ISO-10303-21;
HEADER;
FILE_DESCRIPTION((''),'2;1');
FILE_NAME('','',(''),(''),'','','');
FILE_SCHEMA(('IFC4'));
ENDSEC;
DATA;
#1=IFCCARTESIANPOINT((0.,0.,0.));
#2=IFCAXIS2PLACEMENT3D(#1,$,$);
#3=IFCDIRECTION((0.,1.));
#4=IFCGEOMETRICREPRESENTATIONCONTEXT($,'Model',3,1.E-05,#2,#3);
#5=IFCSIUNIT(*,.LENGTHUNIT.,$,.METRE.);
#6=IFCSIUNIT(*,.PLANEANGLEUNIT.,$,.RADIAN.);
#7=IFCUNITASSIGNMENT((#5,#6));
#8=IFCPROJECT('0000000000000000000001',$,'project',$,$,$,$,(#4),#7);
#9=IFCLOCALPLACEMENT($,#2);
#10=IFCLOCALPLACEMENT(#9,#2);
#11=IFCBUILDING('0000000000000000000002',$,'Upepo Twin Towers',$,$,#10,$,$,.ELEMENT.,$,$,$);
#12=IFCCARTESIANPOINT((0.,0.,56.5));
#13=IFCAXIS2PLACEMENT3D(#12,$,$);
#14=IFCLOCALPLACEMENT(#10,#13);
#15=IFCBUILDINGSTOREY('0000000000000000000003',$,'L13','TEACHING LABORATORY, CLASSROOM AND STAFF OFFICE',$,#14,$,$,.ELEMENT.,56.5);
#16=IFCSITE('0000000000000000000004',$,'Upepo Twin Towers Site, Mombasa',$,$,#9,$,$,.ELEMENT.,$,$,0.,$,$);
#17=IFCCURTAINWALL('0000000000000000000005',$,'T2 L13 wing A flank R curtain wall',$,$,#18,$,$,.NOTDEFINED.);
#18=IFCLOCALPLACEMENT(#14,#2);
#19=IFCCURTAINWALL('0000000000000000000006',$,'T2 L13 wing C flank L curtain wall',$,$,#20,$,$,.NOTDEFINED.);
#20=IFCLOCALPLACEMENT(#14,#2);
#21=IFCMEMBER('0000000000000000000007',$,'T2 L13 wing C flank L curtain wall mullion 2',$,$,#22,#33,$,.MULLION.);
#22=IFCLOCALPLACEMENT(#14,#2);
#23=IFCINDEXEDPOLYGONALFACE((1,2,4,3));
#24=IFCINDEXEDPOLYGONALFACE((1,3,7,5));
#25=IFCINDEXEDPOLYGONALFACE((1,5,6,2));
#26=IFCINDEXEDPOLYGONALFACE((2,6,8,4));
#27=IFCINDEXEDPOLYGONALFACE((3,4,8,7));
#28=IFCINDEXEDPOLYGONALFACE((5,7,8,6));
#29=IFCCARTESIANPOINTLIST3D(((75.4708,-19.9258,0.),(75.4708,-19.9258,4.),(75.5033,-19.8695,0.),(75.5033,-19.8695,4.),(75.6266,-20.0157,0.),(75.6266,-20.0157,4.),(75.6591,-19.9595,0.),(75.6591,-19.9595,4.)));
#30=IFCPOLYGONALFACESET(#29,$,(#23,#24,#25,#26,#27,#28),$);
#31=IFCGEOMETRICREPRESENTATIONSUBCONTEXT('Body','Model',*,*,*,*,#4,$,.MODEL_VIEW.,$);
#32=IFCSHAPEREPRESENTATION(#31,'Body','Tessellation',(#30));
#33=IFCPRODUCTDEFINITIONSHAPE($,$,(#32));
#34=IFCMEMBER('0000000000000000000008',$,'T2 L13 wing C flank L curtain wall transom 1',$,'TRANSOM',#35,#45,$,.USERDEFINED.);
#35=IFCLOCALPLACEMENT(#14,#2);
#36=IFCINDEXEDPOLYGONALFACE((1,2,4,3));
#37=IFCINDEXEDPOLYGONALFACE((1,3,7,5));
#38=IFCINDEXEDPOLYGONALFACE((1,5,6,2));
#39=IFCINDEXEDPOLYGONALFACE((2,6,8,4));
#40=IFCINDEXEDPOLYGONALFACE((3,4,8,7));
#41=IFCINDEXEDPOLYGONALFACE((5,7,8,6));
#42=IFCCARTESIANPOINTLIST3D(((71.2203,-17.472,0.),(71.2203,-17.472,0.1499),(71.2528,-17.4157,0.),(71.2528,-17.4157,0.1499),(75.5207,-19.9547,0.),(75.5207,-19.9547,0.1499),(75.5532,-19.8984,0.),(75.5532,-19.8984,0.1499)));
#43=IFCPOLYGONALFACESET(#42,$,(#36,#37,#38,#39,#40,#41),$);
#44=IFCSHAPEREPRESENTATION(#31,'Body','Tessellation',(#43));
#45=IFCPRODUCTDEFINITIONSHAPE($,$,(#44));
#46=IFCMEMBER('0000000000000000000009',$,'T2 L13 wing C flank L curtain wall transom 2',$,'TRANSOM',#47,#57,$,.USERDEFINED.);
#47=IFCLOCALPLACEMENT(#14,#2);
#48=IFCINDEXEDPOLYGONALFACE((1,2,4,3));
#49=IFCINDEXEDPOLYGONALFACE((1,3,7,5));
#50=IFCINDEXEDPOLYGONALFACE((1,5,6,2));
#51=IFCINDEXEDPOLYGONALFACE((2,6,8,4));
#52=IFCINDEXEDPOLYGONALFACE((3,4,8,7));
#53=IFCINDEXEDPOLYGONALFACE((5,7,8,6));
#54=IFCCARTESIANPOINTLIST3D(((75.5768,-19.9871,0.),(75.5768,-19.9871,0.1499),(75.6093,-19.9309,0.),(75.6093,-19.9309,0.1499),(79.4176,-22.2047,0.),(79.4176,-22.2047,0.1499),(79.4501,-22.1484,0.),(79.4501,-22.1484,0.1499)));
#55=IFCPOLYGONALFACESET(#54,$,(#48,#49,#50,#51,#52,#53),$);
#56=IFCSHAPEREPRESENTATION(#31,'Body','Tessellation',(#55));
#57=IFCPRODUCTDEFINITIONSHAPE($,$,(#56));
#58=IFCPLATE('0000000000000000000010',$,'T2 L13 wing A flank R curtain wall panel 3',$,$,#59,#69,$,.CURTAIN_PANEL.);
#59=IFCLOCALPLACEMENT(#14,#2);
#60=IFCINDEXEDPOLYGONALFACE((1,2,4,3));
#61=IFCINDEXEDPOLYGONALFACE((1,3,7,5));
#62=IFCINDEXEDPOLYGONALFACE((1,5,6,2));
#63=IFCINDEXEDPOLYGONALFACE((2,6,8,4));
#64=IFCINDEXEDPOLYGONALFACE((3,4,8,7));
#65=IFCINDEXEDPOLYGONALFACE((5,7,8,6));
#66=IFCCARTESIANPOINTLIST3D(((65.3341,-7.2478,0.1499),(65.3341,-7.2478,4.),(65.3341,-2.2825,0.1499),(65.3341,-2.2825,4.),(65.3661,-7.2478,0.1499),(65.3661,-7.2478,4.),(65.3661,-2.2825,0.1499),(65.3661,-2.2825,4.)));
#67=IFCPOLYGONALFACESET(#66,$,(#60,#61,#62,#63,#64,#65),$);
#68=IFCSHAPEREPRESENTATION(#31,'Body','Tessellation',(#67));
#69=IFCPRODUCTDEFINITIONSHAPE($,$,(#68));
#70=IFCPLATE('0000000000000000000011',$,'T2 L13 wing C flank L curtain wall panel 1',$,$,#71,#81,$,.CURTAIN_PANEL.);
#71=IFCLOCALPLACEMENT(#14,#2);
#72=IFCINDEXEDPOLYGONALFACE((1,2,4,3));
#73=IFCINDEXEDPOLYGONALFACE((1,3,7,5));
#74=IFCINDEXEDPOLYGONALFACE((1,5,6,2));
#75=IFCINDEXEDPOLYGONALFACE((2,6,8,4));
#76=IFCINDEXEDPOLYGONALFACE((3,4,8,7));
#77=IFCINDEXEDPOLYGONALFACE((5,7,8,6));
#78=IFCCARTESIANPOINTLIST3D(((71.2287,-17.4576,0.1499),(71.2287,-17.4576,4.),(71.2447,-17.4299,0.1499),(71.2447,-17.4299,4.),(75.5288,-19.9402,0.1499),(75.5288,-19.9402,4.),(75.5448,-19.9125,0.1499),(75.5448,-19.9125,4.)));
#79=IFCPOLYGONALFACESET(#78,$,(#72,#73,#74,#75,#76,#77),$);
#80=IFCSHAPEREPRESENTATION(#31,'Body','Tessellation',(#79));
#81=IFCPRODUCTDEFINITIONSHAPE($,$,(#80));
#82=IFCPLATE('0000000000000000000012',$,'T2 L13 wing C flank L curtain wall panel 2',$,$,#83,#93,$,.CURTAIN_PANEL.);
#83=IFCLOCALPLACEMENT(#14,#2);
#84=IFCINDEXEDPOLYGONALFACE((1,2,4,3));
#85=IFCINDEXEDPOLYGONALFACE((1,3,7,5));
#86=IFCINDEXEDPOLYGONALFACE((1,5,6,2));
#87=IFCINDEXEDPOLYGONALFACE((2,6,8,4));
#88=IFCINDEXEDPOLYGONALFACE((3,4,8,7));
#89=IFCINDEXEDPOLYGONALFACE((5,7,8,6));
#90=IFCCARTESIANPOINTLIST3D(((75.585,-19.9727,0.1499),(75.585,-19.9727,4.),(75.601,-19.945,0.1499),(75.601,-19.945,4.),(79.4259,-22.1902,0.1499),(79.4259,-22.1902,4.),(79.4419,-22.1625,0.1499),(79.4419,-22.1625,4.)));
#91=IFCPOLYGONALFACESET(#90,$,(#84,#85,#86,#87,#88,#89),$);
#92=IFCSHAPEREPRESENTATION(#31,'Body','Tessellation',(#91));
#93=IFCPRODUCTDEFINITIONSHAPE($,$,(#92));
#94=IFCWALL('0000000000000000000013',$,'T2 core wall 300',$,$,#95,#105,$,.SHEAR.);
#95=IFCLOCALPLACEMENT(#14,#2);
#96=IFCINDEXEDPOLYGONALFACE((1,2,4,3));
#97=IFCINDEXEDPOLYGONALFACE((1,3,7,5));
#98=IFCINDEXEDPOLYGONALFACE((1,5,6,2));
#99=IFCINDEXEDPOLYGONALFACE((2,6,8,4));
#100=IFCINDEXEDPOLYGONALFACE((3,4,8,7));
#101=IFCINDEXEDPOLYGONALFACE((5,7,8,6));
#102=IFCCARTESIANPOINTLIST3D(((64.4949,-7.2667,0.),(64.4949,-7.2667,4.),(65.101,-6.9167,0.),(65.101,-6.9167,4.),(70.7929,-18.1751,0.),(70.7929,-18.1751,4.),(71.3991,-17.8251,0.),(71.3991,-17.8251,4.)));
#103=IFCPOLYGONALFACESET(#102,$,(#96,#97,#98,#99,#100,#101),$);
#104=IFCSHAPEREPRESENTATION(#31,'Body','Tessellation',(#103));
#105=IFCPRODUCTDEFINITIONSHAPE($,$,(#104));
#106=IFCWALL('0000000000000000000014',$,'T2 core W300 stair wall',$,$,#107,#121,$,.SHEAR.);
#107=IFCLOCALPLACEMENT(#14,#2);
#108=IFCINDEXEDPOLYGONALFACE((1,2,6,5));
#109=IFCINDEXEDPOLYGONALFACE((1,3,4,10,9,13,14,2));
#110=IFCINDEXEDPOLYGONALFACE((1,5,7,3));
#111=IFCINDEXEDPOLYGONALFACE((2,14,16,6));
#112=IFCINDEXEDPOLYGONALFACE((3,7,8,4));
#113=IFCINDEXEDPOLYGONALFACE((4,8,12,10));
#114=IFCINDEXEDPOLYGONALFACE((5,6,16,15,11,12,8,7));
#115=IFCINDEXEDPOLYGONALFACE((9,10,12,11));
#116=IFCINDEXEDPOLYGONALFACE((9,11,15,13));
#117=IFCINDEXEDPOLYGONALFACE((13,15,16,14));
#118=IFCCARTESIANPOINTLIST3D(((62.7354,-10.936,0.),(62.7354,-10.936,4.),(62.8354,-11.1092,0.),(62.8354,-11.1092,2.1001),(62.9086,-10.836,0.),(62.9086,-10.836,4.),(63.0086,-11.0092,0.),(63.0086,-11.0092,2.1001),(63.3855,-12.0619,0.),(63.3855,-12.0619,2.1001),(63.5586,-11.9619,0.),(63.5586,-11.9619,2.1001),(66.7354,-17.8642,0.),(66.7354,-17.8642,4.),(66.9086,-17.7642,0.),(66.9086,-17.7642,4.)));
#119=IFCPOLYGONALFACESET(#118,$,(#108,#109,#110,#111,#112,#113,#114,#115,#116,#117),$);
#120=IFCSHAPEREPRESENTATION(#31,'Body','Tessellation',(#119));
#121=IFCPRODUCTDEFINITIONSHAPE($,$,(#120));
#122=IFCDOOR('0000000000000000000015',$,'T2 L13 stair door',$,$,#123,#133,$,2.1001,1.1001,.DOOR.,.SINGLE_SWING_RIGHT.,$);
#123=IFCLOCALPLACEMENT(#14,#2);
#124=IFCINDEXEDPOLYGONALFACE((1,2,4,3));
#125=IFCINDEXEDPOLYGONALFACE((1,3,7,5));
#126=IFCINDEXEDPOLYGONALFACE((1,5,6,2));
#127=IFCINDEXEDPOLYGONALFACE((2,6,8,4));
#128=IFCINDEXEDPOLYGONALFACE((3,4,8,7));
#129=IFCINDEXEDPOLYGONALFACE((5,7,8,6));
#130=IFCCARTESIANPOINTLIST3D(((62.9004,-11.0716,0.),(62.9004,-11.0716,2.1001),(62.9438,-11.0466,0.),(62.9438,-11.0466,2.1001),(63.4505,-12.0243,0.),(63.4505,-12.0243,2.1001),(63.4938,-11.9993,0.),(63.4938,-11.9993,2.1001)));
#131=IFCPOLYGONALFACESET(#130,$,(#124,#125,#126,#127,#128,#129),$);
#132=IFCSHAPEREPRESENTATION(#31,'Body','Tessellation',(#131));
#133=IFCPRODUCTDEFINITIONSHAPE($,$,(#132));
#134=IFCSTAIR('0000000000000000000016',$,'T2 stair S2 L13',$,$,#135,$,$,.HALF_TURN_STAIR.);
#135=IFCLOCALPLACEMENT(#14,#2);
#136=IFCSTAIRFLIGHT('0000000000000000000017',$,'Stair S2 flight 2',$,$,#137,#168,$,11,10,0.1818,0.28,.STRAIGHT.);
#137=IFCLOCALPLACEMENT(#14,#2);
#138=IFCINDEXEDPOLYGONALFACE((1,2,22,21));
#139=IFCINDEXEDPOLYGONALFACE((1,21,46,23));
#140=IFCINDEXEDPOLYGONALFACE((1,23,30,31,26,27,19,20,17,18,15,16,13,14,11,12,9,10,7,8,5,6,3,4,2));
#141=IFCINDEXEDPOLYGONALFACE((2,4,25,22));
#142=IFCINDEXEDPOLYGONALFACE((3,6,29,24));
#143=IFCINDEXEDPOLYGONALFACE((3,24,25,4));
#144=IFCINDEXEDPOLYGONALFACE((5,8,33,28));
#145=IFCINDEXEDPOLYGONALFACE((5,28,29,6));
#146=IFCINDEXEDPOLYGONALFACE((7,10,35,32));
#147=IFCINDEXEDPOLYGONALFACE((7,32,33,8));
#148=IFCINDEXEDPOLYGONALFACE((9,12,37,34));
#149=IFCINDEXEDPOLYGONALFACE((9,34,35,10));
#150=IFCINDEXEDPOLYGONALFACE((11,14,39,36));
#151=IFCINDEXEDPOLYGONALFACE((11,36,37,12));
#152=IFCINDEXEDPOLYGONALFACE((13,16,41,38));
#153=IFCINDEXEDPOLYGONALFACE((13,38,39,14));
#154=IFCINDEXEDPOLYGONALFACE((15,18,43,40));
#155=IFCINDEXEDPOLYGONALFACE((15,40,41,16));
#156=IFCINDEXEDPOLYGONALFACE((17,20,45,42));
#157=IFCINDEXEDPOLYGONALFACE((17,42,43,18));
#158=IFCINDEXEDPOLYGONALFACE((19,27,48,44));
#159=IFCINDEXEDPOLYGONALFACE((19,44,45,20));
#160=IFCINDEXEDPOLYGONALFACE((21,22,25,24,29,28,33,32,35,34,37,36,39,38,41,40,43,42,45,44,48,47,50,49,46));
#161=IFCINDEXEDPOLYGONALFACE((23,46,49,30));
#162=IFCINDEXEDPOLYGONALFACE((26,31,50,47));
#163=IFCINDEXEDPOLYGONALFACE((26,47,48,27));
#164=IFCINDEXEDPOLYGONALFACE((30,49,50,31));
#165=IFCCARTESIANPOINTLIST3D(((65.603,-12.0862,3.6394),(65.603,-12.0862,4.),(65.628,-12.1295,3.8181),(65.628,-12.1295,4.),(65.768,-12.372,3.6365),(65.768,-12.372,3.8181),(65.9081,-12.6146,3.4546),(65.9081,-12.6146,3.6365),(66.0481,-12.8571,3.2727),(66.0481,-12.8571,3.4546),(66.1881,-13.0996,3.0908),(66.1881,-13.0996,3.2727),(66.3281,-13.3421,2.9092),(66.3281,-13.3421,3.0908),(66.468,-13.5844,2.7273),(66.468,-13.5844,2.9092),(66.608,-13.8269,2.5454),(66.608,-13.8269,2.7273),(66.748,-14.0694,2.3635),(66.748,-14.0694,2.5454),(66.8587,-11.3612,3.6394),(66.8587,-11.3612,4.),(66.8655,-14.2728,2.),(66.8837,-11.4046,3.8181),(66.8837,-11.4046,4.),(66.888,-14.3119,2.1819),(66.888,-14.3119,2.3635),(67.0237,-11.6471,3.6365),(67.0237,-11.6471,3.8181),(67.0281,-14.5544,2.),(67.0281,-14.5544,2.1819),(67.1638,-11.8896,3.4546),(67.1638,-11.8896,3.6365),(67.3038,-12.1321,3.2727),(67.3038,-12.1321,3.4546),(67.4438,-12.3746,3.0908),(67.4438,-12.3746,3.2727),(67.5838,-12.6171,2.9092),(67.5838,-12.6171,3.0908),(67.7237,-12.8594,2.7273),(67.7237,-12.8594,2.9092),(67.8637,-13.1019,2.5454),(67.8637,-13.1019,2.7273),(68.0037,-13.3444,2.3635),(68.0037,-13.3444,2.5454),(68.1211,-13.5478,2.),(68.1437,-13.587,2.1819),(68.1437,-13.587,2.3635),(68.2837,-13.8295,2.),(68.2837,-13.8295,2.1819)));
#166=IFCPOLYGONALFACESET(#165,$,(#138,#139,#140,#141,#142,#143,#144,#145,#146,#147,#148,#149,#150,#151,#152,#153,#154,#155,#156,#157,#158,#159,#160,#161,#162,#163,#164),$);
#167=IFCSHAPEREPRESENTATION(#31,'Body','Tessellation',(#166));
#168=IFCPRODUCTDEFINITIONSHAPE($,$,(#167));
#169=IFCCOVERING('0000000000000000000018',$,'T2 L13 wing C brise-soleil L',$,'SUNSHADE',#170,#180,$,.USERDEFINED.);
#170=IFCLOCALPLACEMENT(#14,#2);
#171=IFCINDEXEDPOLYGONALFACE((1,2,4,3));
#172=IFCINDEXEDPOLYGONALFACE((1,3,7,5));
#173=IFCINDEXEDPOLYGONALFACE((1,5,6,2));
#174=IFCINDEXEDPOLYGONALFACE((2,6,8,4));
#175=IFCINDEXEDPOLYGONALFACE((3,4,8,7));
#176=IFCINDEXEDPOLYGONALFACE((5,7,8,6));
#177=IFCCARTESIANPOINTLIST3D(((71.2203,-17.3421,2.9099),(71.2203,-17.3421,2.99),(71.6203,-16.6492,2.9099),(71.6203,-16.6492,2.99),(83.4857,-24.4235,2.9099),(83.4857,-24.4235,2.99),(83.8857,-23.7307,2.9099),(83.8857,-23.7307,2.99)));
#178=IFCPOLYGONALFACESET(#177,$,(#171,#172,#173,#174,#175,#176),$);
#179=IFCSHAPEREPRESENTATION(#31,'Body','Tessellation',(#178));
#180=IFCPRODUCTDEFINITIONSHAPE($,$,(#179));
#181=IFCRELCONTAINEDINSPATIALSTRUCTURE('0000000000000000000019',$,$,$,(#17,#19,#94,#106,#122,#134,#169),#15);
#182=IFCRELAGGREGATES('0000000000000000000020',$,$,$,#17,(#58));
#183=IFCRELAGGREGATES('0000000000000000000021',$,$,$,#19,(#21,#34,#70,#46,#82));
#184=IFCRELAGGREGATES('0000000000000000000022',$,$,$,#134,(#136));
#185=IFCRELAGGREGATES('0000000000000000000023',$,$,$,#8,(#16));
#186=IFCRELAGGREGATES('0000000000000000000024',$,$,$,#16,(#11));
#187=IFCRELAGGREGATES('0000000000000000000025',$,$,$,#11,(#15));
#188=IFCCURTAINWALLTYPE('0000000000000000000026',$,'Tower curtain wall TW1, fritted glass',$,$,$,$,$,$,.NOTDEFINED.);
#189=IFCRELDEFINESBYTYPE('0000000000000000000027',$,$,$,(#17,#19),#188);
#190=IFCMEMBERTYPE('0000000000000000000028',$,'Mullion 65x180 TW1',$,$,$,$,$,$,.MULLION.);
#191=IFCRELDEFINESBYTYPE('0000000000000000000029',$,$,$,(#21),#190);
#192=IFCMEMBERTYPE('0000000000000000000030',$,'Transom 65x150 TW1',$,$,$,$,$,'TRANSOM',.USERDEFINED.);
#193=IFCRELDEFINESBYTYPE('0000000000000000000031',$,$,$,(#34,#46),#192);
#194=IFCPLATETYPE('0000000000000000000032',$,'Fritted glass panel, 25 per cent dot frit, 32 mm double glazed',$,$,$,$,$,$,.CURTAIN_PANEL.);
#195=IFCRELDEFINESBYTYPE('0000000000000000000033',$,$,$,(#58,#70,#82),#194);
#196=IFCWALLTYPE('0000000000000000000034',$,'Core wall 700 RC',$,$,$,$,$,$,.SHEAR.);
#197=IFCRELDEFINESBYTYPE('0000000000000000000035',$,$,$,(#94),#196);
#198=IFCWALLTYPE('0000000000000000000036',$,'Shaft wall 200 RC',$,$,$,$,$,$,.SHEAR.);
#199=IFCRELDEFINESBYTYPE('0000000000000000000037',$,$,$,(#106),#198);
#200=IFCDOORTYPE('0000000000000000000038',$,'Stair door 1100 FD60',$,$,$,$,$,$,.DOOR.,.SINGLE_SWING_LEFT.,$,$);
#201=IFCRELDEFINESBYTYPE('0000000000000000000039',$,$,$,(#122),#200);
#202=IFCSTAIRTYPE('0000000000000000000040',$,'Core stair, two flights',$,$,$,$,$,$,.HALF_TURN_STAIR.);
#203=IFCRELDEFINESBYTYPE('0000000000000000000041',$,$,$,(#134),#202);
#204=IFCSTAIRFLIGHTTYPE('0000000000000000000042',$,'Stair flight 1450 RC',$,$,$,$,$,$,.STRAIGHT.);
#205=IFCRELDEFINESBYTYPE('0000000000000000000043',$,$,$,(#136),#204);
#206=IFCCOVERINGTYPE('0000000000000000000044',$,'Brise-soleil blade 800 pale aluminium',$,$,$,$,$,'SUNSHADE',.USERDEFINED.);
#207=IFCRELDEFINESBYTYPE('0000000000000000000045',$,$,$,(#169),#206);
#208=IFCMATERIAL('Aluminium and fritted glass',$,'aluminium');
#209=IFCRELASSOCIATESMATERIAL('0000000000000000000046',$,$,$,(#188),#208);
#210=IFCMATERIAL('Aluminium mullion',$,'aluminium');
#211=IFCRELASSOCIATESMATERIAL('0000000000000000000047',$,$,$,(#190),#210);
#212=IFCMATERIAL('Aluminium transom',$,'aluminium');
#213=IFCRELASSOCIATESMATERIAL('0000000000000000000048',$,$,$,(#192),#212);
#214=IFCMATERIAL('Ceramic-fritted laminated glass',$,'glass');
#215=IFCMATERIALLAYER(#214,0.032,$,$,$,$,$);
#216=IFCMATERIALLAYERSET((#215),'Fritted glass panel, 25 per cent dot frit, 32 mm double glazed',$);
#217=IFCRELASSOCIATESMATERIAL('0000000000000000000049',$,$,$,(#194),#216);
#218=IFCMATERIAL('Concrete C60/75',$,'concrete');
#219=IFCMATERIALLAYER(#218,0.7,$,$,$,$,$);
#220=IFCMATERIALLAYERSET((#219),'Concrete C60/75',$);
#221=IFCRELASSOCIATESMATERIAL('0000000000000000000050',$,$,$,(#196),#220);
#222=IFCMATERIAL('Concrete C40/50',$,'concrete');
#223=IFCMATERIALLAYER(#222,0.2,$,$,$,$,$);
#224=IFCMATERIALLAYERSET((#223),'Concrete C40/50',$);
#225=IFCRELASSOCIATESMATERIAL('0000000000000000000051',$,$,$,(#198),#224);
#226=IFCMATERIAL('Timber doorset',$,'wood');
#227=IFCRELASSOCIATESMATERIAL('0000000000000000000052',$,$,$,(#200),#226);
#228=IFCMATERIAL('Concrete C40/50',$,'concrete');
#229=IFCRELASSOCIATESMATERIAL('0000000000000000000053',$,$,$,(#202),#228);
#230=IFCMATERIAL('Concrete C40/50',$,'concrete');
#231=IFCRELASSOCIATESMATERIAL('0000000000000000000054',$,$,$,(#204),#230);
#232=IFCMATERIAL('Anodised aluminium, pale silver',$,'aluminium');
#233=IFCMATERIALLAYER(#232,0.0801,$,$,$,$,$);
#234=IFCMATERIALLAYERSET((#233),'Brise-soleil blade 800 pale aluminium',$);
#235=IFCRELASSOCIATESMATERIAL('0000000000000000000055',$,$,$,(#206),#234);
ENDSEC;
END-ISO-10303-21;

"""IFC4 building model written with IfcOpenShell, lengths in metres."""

from ifc_helpers import new_model, si_unit, direction, frame, frame_2d, origin, origin_2d, place, context, subcontext, project, spatial, polyline, rectangle, outline, extrude, material, layer, layer_set, material_profile, profile_set, type_object, element, fill, aggregate, save


model = new_model("IFC4")

# Units and contexts
model_context = context("Model", 3, precision=1e-05, world=origin(), true_north=direction((0.0, 1.0)))
body_context = subcontext(model_context, "Body", "Model", "MODEL_VIEW")
ifc_project = project(units=[si_unit("LENGTHUNIT", "METRE"), si_unit("PLANEANGLEUNIT", "RADIAN")], contexts=[model_context])

# Site, building, storey
site_placement = place(None, origin())
site = spatial("IfcSite", under=ifc_project, at=site_placement, Name="Upepo Twin Towers Site, Mombasa", CompositionType="ELEMENT", RefElevation=0.0)
building_placement = place(site_placement, origin())
building = spatial("IfcBuilding", under=site, at=building_placement, Name="Upepo Twin Towers", CompositionType="ELEMENT")
storey_placement = place(building_placement, frame((0.0, 0.0, 56.5)))
storey = spatial("IfcBuildingStorey", under=building, at=storey_placement, Name="L13", Description="TEACHING LABORATORY, CLASSROOM AND STAFF OFFICE", CompositionType="ELEMENT", Elevation=56.5)

# Curtain wall
ifc_material_1 = material(Name="Aluminium and fritted glass", Category="aluminium")
curtain_wall_type = type_object("IfcCurtainWallType", Name="Tower curtain wall TW1, fritted glass", PredefinedType="NOTDEFINED", material=ifc_material_1)
curtain_wall_1_placement = place(storey_placement, origin())
curtain_wall_1 = element("IfcCurtainWall", 1, at=curtain_wall_1_placement, inside=storey, type_object=curtain_wall_type, Name="T2 L13 wing A flank R curtain wall", PredefinedType="NOTDEFINED")
ifc_material_2 = material(Name="Aluminium mullion", Category="aluminium")
ifc_material_profile_1 = material_profile(ifc_material_2, rectangle(XDim=0.0649, YDim=0.1799, at=origin_2d()), Name="MULLION 65x180")
ifc_profile_set_1 = profile_set([ifc_material_profile_1], Name="Aluminium mullion")
member_type_1 = type_object("IfcMemberType", Name="Mullion 65x180 TW1", PredefinedType="MULLION", material=ifc_profile_set_1)

# Curtain wall, members
curtain_wall_2_placement = place(storey_placement, origin())
curtain_wall_2 = element("IfcCurtainWall", 2, at=curtain_wall_2_placement, inside=storey, type_object=curtain_wall_type, Name="T2 L13 wing C flank L curtain wall", PredefinedType="NOTDEFINED")
member_1_placement = place(storey_placement, frame((75.5649, -19.9426, 0.0), z_axis=(0.0, 0.0, 1.0), x_axis=(0.5, 0.866025, 0.0)))
member_1 = element("IfcMember", 3, at=member_1_placement, type_object=member_type_1, Name="T2 L13 wing C flank L curtain wall mullion 2", PredefinedType="MULLION", context=body_context, shape_type="SweptSolid", body=[
    extrude(rectangle(XDim=0.0649, YDim=0.1799, at=origin_2d()), origin(), (0.0, 0.0, 1.0), 4.0),
])
ifc_material_3 = material(Name="Aluminium transom", Category="aluminium")
ifc_material_profile_2 = material_profile(ifc_material_3, rectangle(XDim=0.0649, YDim=0.1499, at=origin_2d()), Name="TRANSOM 65x150")
ifc_profile_set_2 = profile_set([ifc_material_profile_2], Name="Aluminium transom")
member_type_2 = type_object("IfcMemberType", Name="Transom 65x150 TW1", ElementType="TRANSOM", PredefinedType="USERDEFINED", material=ifc_profile_set_2)
member_2_placement = place(storey_placement, frame((71.2366, -17.4438, 0.075), z_axis=(0.866035, -0.499983, 0.0), x_axis=(0.499983, 0.866035, 0.0)))
member_2 = element("IfcMember", 4, at=member_2_placement, type_object=member_type_2, Name="T2 L13 wing C flank L curtain wall transom 1", ObjectType="TRANSOM", PredefinedType="USERDEFINED", context=body_context, shape_type="SweptSolid", body=[
    extrude(rectangle(XDim=0.0649, YDim=0.1499, at=origin_2d()), origin(), (0.0, 0.0, 1.0), 4.9656),
])
member_3_placement = place(storey_placement, frame((75.593, -19.959, 0.075), z_axis=(0.866022, -0.500005, 0.0), x_axis=(0.500005, 0.866022, 0.0)))
member_3 = element("IfcMember", 5, at=member_3_placement, type_object=member_type_2, Name="T2 L13 wing C flank L curtain wall transom 2", ObjectType="TRANSOM", PredefinedType="USERDEFINED", context=body_context, shape_type="SweptSolid", body=[
    extrude(rectangle(XDim=0.0649, YDim=0.1499, at=origin_2d()), origin(), (0.0, 0.0, 1.0), 4.4351),
])

# Plates
ifc_material_4 = material(Name="Ceramic-fritted laminated glass", Category="glass")
ifc_layer_1 = layer(ifc_material_4, 0.032)
ifc_layer_set_1 = layer_set([ifc_layer_1], Name="Fritted glass panel, 25 per cent dot frit, 32 mm double glazed")
plate_type = type_object("IfcPlateType", Name="Fritted glass panel, 25 per cent dot frit, 32 mm double glazed", PredefinedType="CURTAIN_PANEL", material=ifc_layer_set_1)
plate_1_placement = place(storey_placement, frame((65.3501, -4.7651, 0.1499), z_axis=(0.0, 0.0, 1.0), x_axis=(0.0, -1.0, 0.0)))
plate_1 = element("IfcPlate", 6, at=plate_1_placement, type_object=plate_type, Name="T2 L13 wing A flank R curtain wall panel 3", PredefinedType="CURTAIN_PANEL", context=body_context, shape_type="SweptSolid", body=[
    extrude(rectangle(XDim=4.9653, YDim=0.032, at=origin_2d()), origin(), (0.0, 0.0, 1.0), 3.8501),
])
aggregate(curtain_wall_1, [plate_1])
plate_2_placement = place(storey_placement, frame((73.3867, -18.6851, 0.1499), z_axis=(0.0, 0.0, 1.0), x_axis=(0.866025, -0.5, 0.0)))
plate_2 = element("IfcPlate", 7, at=plate_2_placement, type_object=plate_type, Name="T2 L13 wing C flank L curtain wall panel 1", PredefinedType="CURTAIN_PANEL", context=body_context, shape_type="SweptSolid", body=[
    extrude(rectangle(XDim=4.9653, YDim=0.032, at=origin_2d()), origin(), (0.0, 0.0, 1.0), 3.8501),
])
plate_3_placement = place(storey_placement, frame((77.5134, -21.0676, 0.1499), z_axis=(0.0, 0.0, 1.0), x_axis=(0.866025, -0.5, 0.0)))
plate_3 = element("IfcPlate", 8, at=plate_3_placement, type_object=plate_type, Name="T2 L13 wing C flank L curtain wall panel 2", PredefinedType="CURTAIN_PANEL", context=body_context, shape_type="SweptSolid", body=[
    extrude(rectangle(XDim=4.4351, YDim=0.032, at=origin_2d()), origin(), (0.0, 0.0, 1.0), 3.8501),
])
aggregate(curtain_wall_2, [member_1, member_2, plate_2, member_3, plate_3])

# Wall
ifc_material_5 = material(Name="Concrete C60/75", Category="concrete")
ifc_layer_2 = layer(ifc_material_5, 0.7)
ifc_layer_set_2 = layer_set([ifc_layer_2], Name="Concrete C60/75")
wall_type_1 = type_object("IfcWallType", Name="Core wall 700 RC", PredefinedType="SHEAR", material=ifc_layer_set_2)
wall_1_placement = place(storey_placement, frame((71.0959, -18.0, 0.0), z_axis=(0.0, 0.0, 1.0), x_axis=(-0.500006, 0.866022, 0.0)))
element("IfcWall", 9, at=wall_1_placement, inside=storey, type_object=wall_type_1, Name="T2 core wall 300", PredefinedType="SHEAR", context=body_context, shape_type="SweptSolid", body=[
    extrude(rectangle(XDim=12.5959, YDim=0.7, at=frame_2d((6.2979, 0.0))), origin(), (0.0, 0.0, 1.0), 4.0),
])

# Wall, opening, door
ifc_material_6 = material(Name="Concrete C40/50", Category="concrete")
ifc_layer_3 = layer(ifc_material_6, 0.2)
ifc_layer_set_3 = layer_set([ifc_layer_3], Name="Concrete C40/50")
wall_type_2 = type_object("IfcWallType", Name="Shaft wall 200 RC", PredefinedType="SHEAR", material=ifc_layer_set_3)
wall_2_placement = place(storey_placement, frame((66.822, -17.8142, 0.0), z_axis=(0.0, 0.0, 1.0), x_axis=(-0.499999, 0.866026, 0.0)))
wall_2 = element("IfcWall", 10, at=wall_2_placement, inside=storey, type_object=wall_type_2, Name="T2 core W300 stair wall", PredefinedType="SHEAR", context=body_context, shape_type="SweptSolid", body=[
    extrude(rectangle(XDim=8.0, YDim=0.2, at=frame_2d((4.0, 0.0))), origin(), (0.0, 0.0, 1.0), 4.0),
])
opening_placement = place(wall_2_placement, frame((6.7, 0.0, 0.0)))
opening = element("IfcOpeningElement", 11, at=opening_placement, cuts=wall_2, PredefinedType="OPENING", context=body_context, shape_type="SweptSolid", body=[
    extrude(rectangle(XDim=1.1001, YDim=2.1001, at=frame_2d((0.55, 1.05))), frame((0.0, 0.1099, 0.0), z_axis=(0.0, -1.0, 0.0), x_axis=(1.0, 0.0, 0.0)), (0.0, 0.0, 1.0), 0.22),
])
ifc_material_7 = material(Name="Timber doorset", Category="wood")
door_type = type_object("IfcDoorType", Name="Stair door 1100 FD60", OperationType="SINGLE_SWING_LEFT", PredefinedType="DOOR", material=ifc_material_7)
door_placement = place(opening_placement, origin())
door = element("IfcDoor", 12, at=door_placement, inside=storey, type_object=door_type, Name="T2 L13 stair door", OperationType="SINGLE_SWING_RIGHT", OverallHeight=2.1001, OverallWidth=1.1001, PredefinedType="DOOR", context=body_context, shape_type="SweptSolid", body=[
    extrude(rectangle(XDim=1.1001, YDim=2.1001, at=frame_2d((0.55, 1.05))), frame((0.0, 0.0249, 0.0), z_axis=(0.0, -1.0, 0.0), x_axis=(1.0, 0.0, 0.0)), (0.0, 0.0, 1.0), 0.05),
])
fill(opening, door)

# Stair, stair flight
ifc_material_8 = material(Name="Concrete C40/50", Category="concrete")
stair_type = type_object("IfcStairType", Name="Core stair, two flights", PredefinedType="HALF_TURN_STAIR", material=ifc_material_8)
stair_placement = place(storey_placement, origin())
stair = element("IfcStair", 13, at=stair_placement, inside=storey, type_object=stair_type, Name="T2 stair S2 L13", PredefinedType="HALF_TURN_STAIR")
ifc_material_9 = material(Name="Concrete C40/50", Category="concrete")
stair_flight_type = type_object("IfcStairFlightType", Name="Stair flight 1450 RC", PredefinedType="STRAIGHT", material=ifc_material_9)
stair_flight_placement = place(storey_placement, frame((67.656, -14.1919, 2.0), z_axis=(0.0, 0.0, 1.0), x_axis=(-0.5, 0.866025, 0.0)))
stair_flight = element("IfcStairFlight", 14, at=stair_flight_placement, type_object=stair_flight_type, Name="Stair S2 flight 2", NumberOfRisers=11, NumberOfTreads=10, PredefinedType="STRAIGHT", RiserHeight=0.1818, TreadLength=0.28, context=body_context, shape_type="SweptSolid", body=[
    extrude(outline(polyline([(0.0, 0.0), (0.0, 0.1819), (0.28, 0.1819), (0.28, 0.3635), (0.5601, 0.3635), (0.5601, 0.5454), (0.8401, 0.5454), (0.8401, 0.7273), (1.1201, 0.7273), (1.1201, 0.9092), (1.3999, 0.9092), (1.3999, 1.0908), (1.6799, 1.0908), (1.6799, 1.2727), (1.96, 1.2727), (1.96, 1.4546), (2.24, 1.4546), (2.24, 1.6365), (2.52, 1.6365), (2.52, 1.8181), (2.8, 1.8181), (2.8, 2.0), (2.8501, 2.0), (2.8501, 1.6394), (0.3252, 0.0), (0.0, 0.0)])), frame((0.0, 0.7251, 0.0), z_axis=(0.0, -1.0, 0.0), x_axis=(1.0, 0.0, 0.0)), (0.0, 0.0, 1.0), 1.45),
])
aggregate(stair, [stair_flight])

# Covering
ifc_material_10 = material(Name="Anodised aluminium, pale silver", Category="aluminium")
ifc_layer_4 = layer(ifc_material_10, 0.0801)
ifc_layer_set_4 = layer_set([ifc_layer_4], Name="Brise-soleil blade 800 pale aluminium")
covering_type = type_object("IfcCoveringType", Name="Brise-soleil blade 800 pale aluminium", ElementType="SUNSHADE", PredefinedType="USERDEFINED", material=ifc_layer_set_4)
covering_placement = place(storey_placement, frame((77.553, -20.5364, 2.9099), z_axis=(0.0, 0.0, 1.0), x_axis=(0.866025, -0.5, 0.0)))
element("IfcCovering", 15, at=covering_placement, inside=storey, type_object=covering_type, Name="T2 L13 wing C brise-soleil L", ObjectType="SUNSHADE", PredefinedType="USERDEFINED", context=body_context, shape_type="SweptSolid", body=[
    extrude(rectangle(XDim=14.1628, YDim=0.8, at=origin_2d()), origin(), (0.0, 0.0, 1.0), 0.0801),
])

save(model, "model.ifc")
